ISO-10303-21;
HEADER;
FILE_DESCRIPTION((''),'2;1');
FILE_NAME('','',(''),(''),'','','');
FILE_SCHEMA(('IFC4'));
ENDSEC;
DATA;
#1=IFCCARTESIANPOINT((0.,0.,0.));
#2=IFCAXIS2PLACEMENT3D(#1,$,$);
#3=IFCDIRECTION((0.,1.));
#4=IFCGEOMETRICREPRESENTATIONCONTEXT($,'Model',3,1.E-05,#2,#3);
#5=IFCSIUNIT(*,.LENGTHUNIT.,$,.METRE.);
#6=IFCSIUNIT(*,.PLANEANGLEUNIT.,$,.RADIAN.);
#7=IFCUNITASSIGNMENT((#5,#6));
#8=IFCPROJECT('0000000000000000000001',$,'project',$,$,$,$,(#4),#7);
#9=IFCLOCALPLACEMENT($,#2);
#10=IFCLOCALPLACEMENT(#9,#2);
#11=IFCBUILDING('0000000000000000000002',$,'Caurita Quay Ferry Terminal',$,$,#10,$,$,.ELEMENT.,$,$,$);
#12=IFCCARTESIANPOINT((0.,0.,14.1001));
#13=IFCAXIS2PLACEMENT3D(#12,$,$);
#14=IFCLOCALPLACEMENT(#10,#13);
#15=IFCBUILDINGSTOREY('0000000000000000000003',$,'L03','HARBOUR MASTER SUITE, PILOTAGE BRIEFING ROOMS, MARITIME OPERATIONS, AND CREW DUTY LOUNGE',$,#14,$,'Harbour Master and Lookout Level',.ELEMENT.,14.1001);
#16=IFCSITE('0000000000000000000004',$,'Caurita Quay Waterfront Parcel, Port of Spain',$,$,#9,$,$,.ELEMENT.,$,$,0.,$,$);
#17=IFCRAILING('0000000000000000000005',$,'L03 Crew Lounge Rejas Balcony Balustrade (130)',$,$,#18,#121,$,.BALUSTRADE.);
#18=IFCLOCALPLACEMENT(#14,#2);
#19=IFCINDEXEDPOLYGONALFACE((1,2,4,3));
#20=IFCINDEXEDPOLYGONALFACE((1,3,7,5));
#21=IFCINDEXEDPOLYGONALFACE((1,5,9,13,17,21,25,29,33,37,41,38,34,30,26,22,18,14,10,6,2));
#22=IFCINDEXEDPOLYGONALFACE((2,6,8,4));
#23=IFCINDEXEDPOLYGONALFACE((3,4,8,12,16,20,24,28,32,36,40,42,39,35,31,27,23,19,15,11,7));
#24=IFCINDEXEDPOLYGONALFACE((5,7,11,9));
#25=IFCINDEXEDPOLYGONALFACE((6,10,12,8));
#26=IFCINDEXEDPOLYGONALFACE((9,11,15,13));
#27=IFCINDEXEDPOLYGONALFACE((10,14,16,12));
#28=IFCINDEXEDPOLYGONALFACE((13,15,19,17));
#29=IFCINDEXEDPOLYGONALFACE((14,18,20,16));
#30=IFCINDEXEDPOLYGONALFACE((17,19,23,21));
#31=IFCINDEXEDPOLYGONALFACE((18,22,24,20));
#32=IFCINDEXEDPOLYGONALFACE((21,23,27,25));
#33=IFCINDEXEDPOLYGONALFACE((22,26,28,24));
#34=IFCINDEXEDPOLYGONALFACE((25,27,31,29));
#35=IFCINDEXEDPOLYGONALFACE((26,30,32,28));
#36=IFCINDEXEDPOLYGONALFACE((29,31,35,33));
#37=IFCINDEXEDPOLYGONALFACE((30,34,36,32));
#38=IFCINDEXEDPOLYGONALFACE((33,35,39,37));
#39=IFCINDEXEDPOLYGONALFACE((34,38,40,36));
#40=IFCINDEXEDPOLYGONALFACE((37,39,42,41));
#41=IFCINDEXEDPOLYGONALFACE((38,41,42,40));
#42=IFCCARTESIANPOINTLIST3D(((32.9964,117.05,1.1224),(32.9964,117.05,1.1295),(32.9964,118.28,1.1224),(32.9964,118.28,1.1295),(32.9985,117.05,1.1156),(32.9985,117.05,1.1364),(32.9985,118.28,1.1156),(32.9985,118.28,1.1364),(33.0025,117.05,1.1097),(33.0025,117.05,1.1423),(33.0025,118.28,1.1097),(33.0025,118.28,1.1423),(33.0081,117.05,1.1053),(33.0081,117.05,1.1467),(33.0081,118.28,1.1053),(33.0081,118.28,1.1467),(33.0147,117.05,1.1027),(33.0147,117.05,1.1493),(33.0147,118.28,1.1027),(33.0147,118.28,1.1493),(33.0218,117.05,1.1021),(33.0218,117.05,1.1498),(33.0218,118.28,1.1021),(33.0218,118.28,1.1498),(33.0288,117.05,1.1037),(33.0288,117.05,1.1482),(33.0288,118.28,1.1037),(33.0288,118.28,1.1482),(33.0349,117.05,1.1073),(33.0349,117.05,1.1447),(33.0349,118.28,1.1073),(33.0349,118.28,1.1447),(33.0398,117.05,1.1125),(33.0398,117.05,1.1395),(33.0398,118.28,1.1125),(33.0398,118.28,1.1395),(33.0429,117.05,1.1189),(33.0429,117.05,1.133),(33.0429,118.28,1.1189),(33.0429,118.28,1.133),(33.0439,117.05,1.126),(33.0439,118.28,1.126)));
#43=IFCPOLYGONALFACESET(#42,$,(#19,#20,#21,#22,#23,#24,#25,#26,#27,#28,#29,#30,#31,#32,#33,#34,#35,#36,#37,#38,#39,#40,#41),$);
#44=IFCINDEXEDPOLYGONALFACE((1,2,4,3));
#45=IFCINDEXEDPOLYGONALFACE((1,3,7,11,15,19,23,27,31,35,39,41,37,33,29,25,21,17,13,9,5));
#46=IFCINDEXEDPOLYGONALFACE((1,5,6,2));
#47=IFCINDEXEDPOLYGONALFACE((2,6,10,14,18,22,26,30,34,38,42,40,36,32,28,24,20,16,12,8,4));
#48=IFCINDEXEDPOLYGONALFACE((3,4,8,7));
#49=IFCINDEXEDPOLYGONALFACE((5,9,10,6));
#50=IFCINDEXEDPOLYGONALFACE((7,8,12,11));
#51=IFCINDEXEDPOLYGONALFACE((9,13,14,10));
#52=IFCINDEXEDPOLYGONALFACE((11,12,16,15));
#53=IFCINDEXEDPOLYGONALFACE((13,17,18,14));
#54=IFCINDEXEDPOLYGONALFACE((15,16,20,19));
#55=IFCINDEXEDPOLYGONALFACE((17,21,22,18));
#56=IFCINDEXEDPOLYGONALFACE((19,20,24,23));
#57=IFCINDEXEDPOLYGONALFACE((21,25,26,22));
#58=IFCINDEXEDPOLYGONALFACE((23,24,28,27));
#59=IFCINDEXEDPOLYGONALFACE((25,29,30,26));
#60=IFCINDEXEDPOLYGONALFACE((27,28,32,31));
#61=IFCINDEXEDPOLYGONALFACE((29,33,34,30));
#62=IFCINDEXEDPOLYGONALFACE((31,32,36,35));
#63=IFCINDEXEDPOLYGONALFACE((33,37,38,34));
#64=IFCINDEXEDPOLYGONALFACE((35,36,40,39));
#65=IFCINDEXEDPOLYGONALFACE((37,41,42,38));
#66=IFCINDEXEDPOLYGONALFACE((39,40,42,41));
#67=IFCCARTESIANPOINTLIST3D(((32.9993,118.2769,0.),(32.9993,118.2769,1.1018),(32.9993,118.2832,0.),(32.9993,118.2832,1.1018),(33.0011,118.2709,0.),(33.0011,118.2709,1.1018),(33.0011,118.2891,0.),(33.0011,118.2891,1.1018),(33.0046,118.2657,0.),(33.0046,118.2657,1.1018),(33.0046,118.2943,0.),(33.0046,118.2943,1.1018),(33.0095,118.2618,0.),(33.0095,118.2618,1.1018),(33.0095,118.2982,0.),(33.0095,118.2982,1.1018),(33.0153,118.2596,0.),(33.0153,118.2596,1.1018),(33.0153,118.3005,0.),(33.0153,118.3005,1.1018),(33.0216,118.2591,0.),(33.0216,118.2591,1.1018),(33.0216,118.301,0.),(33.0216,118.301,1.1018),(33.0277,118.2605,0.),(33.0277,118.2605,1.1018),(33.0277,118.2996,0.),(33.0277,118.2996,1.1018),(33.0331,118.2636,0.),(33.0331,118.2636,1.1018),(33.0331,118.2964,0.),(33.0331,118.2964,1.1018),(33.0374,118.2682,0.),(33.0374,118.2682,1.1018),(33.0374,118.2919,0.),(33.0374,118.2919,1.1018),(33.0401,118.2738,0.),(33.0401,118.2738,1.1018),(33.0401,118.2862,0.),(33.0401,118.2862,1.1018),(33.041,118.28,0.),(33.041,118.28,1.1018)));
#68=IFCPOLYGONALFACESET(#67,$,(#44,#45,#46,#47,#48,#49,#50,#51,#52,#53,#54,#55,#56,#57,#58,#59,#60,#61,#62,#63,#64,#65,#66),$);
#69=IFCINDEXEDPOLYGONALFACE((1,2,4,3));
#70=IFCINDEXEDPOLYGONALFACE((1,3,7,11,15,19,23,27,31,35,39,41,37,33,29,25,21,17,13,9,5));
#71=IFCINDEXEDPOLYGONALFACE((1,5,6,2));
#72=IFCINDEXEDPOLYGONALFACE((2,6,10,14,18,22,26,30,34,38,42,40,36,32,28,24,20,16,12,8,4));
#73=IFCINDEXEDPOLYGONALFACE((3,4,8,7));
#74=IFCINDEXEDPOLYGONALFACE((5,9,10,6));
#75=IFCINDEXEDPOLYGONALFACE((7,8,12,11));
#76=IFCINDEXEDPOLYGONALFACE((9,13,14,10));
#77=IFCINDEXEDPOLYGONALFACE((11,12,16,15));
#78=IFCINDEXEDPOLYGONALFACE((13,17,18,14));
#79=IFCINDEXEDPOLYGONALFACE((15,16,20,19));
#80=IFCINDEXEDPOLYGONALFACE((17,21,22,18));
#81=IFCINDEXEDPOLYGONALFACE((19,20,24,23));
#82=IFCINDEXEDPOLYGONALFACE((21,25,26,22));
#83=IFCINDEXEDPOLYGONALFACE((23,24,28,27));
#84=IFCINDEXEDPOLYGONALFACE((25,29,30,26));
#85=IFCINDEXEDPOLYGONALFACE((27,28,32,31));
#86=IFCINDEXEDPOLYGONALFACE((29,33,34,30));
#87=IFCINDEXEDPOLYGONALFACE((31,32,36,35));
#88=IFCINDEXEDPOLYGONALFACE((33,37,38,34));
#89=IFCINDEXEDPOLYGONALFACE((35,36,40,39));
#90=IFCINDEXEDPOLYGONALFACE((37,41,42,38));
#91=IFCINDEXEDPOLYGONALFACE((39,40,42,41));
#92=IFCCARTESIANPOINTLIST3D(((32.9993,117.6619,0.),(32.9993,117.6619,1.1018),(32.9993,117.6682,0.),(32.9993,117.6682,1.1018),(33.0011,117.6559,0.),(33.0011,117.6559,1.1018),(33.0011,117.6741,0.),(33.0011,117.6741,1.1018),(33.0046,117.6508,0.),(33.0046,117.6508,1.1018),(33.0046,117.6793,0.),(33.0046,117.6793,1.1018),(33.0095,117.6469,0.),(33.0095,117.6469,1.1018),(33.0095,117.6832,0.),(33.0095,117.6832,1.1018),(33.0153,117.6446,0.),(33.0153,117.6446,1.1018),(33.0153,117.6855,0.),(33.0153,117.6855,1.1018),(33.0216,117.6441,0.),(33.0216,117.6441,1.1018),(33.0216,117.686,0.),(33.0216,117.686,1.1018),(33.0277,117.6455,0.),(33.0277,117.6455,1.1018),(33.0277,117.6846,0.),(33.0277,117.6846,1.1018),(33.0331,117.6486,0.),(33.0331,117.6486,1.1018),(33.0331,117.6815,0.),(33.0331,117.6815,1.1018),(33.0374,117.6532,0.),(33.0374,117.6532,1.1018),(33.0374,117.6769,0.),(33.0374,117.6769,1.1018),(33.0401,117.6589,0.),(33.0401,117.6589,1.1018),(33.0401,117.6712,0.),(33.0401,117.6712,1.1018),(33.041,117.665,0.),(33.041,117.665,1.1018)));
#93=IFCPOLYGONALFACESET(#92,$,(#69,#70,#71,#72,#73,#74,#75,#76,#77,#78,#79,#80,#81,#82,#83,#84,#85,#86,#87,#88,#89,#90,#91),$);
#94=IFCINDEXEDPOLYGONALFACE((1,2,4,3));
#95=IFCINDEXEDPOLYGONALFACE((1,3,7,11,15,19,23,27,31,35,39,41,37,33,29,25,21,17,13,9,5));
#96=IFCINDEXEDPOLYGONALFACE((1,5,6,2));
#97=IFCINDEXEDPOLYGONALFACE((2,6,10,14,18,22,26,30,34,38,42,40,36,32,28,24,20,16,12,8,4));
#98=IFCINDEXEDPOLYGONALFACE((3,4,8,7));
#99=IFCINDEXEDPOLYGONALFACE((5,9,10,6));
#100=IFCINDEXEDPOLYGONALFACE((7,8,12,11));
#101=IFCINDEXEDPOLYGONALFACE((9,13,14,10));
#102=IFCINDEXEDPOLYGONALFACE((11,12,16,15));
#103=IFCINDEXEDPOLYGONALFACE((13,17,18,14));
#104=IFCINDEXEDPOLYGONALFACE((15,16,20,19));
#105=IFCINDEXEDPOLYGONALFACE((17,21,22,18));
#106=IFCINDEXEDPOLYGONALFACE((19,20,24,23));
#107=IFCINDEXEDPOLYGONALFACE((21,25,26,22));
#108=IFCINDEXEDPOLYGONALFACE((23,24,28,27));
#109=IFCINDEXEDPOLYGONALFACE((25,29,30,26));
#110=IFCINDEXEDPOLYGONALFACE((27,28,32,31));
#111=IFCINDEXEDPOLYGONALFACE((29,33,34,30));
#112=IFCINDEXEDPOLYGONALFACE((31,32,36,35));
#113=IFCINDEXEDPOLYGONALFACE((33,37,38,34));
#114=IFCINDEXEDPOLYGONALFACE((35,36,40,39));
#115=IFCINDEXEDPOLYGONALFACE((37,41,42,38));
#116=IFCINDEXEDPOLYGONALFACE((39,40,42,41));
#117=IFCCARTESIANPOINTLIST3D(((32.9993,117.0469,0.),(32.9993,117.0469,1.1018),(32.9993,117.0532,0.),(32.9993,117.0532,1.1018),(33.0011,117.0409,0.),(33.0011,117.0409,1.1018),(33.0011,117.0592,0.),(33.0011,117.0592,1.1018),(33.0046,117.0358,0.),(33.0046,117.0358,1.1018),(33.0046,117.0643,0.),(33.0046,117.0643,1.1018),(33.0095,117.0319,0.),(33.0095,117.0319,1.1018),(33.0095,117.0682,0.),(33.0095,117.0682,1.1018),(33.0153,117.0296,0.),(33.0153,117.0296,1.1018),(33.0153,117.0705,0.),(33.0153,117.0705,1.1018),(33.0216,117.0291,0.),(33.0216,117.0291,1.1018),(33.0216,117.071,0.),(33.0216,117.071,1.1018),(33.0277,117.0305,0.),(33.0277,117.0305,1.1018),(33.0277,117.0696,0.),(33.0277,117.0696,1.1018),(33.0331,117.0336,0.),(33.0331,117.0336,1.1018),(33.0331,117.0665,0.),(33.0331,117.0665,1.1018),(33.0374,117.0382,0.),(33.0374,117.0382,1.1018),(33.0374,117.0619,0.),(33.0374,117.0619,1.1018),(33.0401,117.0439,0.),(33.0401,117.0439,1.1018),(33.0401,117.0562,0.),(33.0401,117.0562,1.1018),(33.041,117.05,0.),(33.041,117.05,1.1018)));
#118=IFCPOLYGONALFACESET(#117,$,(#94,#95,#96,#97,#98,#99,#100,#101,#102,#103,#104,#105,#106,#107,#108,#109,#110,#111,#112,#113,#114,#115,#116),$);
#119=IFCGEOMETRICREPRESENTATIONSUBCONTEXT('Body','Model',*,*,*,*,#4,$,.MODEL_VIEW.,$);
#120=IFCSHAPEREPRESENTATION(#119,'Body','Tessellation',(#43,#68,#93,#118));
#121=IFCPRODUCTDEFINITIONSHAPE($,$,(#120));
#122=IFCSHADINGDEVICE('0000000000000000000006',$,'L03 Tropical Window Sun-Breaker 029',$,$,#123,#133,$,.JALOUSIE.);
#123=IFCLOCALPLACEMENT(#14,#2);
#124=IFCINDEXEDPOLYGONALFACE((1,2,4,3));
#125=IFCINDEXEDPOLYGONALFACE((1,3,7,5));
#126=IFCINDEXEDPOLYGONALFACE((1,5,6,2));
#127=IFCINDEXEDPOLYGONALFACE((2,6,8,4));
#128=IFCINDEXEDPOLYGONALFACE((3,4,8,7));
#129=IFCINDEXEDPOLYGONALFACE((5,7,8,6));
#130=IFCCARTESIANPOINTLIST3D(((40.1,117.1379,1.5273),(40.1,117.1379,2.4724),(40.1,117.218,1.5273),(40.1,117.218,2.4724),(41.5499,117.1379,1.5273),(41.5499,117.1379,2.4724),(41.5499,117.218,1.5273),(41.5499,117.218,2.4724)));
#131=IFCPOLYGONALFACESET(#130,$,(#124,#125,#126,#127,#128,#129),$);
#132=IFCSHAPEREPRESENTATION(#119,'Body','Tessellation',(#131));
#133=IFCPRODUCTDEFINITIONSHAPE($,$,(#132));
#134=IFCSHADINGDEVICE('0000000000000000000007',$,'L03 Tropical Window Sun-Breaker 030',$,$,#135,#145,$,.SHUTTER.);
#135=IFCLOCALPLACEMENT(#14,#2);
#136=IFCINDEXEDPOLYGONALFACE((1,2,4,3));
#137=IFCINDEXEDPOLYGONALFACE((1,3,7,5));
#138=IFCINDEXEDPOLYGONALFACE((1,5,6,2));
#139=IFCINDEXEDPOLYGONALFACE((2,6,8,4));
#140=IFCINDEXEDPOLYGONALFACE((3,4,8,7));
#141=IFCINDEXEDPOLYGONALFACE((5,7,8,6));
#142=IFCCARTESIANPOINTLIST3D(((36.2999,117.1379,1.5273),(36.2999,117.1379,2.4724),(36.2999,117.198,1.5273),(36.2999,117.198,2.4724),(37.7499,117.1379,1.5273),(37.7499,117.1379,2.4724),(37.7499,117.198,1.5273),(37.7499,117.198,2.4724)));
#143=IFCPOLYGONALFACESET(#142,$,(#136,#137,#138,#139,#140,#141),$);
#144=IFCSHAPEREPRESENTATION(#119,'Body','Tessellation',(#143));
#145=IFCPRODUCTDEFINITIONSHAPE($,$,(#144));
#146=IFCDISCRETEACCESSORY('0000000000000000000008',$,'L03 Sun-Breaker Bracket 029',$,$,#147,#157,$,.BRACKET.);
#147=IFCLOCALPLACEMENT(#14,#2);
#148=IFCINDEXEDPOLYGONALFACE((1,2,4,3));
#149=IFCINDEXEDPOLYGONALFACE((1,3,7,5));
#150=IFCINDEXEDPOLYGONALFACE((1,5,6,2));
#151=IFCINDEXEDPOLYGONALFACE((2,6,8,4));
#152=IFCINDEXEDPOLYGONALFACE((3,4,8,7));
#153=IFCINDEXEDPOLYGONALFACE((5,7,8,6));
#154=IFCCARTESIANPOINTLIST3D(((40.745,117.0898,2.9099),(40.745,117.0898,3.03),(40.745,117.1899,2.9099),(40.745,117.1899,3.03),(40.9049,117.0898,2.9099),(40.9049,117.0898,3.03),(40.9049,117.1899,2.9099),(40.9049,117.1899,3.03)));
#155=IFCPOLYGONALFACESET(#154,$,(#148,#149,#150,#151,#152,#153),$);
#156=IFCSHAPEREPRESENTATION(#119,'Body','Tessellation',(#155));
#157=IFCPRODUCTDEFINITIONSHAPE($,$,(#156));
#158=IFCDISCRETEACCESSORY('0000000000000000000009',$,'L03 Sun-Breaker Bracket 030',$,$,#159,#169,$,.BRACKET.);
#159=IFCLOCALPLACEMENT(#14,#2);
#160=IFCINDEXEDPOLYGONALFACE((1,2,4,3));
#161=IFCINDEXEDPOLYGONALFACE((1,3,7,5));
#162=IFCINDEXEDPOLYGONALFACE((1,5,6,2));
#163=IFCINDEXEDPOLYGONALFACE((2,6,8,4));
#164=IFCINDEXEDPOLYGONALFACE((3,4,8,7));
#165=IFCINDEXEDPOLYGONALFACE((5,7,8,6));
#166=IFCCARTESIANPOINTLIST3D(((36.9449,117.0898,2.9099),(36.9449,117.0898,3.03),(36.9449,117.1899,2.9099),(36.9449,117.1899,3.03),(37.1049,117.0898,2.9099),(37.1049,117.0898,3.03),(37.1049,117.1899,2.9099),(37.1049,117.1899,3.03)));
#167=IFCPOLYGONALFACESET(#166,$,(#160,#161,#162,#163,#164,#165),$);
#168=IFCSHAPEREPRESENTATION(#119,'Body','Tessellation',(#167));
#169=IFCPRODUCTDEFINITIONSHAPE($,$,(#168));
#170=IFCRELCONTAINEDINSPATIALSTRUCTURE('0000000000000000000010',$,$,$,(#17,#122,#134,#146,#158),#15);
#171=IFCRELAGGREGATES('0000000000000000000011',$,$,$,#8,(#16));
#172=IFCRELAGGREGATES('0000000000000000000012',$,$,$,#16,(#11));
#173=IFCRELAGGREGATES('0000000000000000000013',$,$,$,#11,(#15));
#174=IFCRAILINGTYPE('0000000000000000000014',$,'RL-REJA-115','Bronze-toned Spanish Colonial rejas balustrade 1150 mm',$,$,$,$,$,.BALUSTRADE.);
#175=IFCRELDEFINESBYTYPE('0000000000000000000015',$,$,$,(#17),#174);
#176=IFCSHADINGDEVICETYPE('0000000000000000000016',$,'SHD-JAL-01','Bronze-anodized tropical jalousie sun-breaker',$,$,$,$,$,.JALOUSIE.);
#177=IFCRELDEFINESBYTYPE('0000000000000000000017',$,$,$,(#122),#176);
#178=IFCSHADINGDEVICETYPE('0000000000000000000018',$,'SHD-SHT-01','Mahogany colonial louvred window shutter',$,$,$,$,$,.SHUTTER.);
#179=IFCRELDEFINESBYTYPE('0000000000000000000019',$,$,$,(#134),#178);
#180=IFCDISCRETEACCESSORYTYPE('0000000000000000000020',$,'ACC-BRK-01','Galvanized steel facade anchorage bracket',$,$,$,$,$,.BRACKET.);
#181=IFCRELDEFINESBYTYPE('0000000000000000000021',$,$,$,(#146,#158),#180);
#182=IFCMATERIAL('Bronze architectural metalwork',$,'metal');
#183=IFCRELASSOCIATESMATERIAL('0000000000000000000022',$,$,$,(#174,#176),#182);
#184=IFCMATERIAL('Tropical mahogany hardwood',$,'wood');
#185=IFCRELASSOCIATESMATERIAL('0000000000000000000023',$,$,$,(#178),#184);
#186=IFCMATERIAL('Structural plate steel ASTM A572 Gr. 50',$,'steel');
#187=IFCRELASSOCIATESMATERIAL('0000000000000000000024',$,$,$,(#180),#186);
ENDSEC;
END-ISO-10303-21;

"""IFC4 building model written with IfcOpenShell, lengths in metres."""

from ifc_helpers import new_model, si_unit, direction, frame, origin, origin_2d, place, context, subcontext, project, spatial, rectangle, circle, extrude, material, type_object, element, save


model = new_model("IFC4")

# Units and contexts
model_context = context("Model", 3, precision=1e-05, world=origin(), true_north=direction((0.0, 1.0)))
body_context = subcontext(model_context, "Body", "Model", "MODEL_VIEW")
ifc_project = project(units=[si_unit("LENGTHUNIT", "METRE"), si_unit("PLANEANGLEUNIT", "RADIAN")], contexts=[model_context])

# Site, building, storey
site_placement = place(None, origin())
site = spatial("IfcSite", under=ifc_project, at=site_placement, Name="Caurita Quay Waterfront Parcel, Port of Spain", CompositionType="ELEMENT", RefElevation=0.0)
building_placement = place(site_placement, origin())
building = spatial("IfcBuilding", under=site, at=building_placement, Name="Caurita Quay Ferry Terminal", CompositionType="ELEMENT")
storey_placement = place(building_placement, frame((0.0, 0.0, 14.1001)))
storey = spatial("IfcBuildingStorey", under=building, at=storey_placement, Name="L03", Description="HARBOUR MASTER SUITE, PILOTAGE BRIEFING ROOMS, MARITIME OPERATIONS, AND CREW DUTY LOUNGE", LongName="Harbour Master and Lookout Level", CompositionType="ELEMENT", Elevation=14.1001)

# Railing
ifc_material_1 = material(Name="Bronze architectural metalwork", Category="metal")
railing_type = type_object("IfcRailingType", Name="RL-REJA-115", Description="Bronze-toned Spanish Colonial rejas balustrade 1150 mm", PredefinedType="BALUSTRADE", material=ifc_material_1)
railing_placement = place(storey_placement, frame((33.02, 118.28, 0.0)))
element("IfcRailing", 1, at=railing_placement, inside=storey, type_object=railing_type, Name="L03 Crew Lounge Rejas Balcony Balustrade (130)", PredefinedType="BALUSTRADE", context=body_context, shape_type="SweptSolid", body=[
    extrude(circle(Radius=0.0239, at=origin_2d()), frame((0.0, 0.0, 1.126), z_axis=(0.0, -1.0, 0.0), x_axis=(1.0, 0.0, 0.0)), (0.0, 0.0, 1.0), 1.23),
    extrude(circle(Radius=0.021, at=origin_2d()), origin(), (0.0, 0.0, 1.0), 1.1018),
    extrude(circle(Radius=0.021, at=origin_2d()), frame((0.0, -0.615, 0.0)), (0.0, 0.0, 1.0), 1.1018),
    extrude(circle(Radius=0.021, at=origin_2d()), frame((0.0, -1.23, 0.0)), (0.0, 0.0, 1.0), 1.1018),
])

# Shading devices
shading_device_type_1 = type_object("IfcShadingDeviceType", Name="SHD-JAL-01", Description="Bronze-anodized tropical jalousie sun-breaker", PredefinedType="JALOUSIE", material=ifc_material_1)
shading_device_1_placement = place(storey_placement, frame((40.825, 117.178, 1.5273), z_axis=(0.0, 0.0, 1.0), x_axis=(-1.0, 0.0, 0.0)))
element("IfcShadingDevice", 2, at=shading_device_1_placement, inside=storey, type_object=shading_device_type_1, Name="L03 Tropical Window Sun-Breaker 029", PredefinedType="JALOUSIE", context=body_context, shape_type="SweptSolid", body=[
    extrude(rectangle(XDim=1.45, YDim=0.0801, at=origin_2d()), origin(), (0.0, 0.0, 1.0), 0.9451),
])
ifc_material_2 = material(Name="Tropical mahogany hardwood", Category="wood")
shading_device_type_2 = type_object("IfcShadingDeviceType", Name="SHD-SHT-01", Description="Mahogany colonial louvred window shutter", PredefinedType="SHUTTER", material=ifc_material_2)
shading_device_2_placement = place(storey_placement, frame((37.0249, 117.168, 1.5273), z_axis=(0.0, 0.0, 1.0), x_axis=(-1.0, 0.0, 0.0)))
element("IfcShadingDevice", 3, at=shading_device_2_placement, inside=storey, type_object=shading_device_type_2, Name="L03 Tropical Window Sun-Breaker 030", PredefinedType="SHUTTER", context=body_context, shape_type="SweptSolid", body=[
    extrude(rectangle(XDim=1.45, YDim=0.0601, at=origin_2d()), origin(), (0.0, 0.0, 1.0), 0.9451),
])

# Discrete accessories
ifc_material_3 = material(Name="Structural plate steel ASTM A572 Gr. 50", Category="steel")
discrete_accessory_type = type_object("IfcDiscreteAccessoryType", Name="ACC-BRK-01", Description="Galvanized steel facade anchorage bracket", PredefinedType="BRACKET", material=ifc_material_3)
for number, where, z_axis, x_axis, name in (
    (4, (40.825, 117.1399, 2.9099), (0.0, 0.0, 1.0), (-1.0, 0.0, 0.0), "L03 Sun-Breaker Bracket 029"),
    (5, (37.0249, 117.1399, 2.9099), (0.0, 0.0, 1.0), (-1.0, 0.0, 0.0), "L03 Sun-Breaker Bracket 030"),
):
    element("IfcDiscreteAccessory", number, at=place(storey_placement, frame(where, z_axis=z_axis, x_axis=x_axis)), inside=storey, type_object=discrete_accessory_type, Name=name, PredefinedType="BRACKET", context=body_context, shape_type="SweptSolid", body=[
        extrude(rectangle(XDim=0.1599, YDim=0.1001, at=origin_2d()), origin(), (0.0, 0.0, 1.0), 0.1201),
    ])

save(model, "model.ifc")
